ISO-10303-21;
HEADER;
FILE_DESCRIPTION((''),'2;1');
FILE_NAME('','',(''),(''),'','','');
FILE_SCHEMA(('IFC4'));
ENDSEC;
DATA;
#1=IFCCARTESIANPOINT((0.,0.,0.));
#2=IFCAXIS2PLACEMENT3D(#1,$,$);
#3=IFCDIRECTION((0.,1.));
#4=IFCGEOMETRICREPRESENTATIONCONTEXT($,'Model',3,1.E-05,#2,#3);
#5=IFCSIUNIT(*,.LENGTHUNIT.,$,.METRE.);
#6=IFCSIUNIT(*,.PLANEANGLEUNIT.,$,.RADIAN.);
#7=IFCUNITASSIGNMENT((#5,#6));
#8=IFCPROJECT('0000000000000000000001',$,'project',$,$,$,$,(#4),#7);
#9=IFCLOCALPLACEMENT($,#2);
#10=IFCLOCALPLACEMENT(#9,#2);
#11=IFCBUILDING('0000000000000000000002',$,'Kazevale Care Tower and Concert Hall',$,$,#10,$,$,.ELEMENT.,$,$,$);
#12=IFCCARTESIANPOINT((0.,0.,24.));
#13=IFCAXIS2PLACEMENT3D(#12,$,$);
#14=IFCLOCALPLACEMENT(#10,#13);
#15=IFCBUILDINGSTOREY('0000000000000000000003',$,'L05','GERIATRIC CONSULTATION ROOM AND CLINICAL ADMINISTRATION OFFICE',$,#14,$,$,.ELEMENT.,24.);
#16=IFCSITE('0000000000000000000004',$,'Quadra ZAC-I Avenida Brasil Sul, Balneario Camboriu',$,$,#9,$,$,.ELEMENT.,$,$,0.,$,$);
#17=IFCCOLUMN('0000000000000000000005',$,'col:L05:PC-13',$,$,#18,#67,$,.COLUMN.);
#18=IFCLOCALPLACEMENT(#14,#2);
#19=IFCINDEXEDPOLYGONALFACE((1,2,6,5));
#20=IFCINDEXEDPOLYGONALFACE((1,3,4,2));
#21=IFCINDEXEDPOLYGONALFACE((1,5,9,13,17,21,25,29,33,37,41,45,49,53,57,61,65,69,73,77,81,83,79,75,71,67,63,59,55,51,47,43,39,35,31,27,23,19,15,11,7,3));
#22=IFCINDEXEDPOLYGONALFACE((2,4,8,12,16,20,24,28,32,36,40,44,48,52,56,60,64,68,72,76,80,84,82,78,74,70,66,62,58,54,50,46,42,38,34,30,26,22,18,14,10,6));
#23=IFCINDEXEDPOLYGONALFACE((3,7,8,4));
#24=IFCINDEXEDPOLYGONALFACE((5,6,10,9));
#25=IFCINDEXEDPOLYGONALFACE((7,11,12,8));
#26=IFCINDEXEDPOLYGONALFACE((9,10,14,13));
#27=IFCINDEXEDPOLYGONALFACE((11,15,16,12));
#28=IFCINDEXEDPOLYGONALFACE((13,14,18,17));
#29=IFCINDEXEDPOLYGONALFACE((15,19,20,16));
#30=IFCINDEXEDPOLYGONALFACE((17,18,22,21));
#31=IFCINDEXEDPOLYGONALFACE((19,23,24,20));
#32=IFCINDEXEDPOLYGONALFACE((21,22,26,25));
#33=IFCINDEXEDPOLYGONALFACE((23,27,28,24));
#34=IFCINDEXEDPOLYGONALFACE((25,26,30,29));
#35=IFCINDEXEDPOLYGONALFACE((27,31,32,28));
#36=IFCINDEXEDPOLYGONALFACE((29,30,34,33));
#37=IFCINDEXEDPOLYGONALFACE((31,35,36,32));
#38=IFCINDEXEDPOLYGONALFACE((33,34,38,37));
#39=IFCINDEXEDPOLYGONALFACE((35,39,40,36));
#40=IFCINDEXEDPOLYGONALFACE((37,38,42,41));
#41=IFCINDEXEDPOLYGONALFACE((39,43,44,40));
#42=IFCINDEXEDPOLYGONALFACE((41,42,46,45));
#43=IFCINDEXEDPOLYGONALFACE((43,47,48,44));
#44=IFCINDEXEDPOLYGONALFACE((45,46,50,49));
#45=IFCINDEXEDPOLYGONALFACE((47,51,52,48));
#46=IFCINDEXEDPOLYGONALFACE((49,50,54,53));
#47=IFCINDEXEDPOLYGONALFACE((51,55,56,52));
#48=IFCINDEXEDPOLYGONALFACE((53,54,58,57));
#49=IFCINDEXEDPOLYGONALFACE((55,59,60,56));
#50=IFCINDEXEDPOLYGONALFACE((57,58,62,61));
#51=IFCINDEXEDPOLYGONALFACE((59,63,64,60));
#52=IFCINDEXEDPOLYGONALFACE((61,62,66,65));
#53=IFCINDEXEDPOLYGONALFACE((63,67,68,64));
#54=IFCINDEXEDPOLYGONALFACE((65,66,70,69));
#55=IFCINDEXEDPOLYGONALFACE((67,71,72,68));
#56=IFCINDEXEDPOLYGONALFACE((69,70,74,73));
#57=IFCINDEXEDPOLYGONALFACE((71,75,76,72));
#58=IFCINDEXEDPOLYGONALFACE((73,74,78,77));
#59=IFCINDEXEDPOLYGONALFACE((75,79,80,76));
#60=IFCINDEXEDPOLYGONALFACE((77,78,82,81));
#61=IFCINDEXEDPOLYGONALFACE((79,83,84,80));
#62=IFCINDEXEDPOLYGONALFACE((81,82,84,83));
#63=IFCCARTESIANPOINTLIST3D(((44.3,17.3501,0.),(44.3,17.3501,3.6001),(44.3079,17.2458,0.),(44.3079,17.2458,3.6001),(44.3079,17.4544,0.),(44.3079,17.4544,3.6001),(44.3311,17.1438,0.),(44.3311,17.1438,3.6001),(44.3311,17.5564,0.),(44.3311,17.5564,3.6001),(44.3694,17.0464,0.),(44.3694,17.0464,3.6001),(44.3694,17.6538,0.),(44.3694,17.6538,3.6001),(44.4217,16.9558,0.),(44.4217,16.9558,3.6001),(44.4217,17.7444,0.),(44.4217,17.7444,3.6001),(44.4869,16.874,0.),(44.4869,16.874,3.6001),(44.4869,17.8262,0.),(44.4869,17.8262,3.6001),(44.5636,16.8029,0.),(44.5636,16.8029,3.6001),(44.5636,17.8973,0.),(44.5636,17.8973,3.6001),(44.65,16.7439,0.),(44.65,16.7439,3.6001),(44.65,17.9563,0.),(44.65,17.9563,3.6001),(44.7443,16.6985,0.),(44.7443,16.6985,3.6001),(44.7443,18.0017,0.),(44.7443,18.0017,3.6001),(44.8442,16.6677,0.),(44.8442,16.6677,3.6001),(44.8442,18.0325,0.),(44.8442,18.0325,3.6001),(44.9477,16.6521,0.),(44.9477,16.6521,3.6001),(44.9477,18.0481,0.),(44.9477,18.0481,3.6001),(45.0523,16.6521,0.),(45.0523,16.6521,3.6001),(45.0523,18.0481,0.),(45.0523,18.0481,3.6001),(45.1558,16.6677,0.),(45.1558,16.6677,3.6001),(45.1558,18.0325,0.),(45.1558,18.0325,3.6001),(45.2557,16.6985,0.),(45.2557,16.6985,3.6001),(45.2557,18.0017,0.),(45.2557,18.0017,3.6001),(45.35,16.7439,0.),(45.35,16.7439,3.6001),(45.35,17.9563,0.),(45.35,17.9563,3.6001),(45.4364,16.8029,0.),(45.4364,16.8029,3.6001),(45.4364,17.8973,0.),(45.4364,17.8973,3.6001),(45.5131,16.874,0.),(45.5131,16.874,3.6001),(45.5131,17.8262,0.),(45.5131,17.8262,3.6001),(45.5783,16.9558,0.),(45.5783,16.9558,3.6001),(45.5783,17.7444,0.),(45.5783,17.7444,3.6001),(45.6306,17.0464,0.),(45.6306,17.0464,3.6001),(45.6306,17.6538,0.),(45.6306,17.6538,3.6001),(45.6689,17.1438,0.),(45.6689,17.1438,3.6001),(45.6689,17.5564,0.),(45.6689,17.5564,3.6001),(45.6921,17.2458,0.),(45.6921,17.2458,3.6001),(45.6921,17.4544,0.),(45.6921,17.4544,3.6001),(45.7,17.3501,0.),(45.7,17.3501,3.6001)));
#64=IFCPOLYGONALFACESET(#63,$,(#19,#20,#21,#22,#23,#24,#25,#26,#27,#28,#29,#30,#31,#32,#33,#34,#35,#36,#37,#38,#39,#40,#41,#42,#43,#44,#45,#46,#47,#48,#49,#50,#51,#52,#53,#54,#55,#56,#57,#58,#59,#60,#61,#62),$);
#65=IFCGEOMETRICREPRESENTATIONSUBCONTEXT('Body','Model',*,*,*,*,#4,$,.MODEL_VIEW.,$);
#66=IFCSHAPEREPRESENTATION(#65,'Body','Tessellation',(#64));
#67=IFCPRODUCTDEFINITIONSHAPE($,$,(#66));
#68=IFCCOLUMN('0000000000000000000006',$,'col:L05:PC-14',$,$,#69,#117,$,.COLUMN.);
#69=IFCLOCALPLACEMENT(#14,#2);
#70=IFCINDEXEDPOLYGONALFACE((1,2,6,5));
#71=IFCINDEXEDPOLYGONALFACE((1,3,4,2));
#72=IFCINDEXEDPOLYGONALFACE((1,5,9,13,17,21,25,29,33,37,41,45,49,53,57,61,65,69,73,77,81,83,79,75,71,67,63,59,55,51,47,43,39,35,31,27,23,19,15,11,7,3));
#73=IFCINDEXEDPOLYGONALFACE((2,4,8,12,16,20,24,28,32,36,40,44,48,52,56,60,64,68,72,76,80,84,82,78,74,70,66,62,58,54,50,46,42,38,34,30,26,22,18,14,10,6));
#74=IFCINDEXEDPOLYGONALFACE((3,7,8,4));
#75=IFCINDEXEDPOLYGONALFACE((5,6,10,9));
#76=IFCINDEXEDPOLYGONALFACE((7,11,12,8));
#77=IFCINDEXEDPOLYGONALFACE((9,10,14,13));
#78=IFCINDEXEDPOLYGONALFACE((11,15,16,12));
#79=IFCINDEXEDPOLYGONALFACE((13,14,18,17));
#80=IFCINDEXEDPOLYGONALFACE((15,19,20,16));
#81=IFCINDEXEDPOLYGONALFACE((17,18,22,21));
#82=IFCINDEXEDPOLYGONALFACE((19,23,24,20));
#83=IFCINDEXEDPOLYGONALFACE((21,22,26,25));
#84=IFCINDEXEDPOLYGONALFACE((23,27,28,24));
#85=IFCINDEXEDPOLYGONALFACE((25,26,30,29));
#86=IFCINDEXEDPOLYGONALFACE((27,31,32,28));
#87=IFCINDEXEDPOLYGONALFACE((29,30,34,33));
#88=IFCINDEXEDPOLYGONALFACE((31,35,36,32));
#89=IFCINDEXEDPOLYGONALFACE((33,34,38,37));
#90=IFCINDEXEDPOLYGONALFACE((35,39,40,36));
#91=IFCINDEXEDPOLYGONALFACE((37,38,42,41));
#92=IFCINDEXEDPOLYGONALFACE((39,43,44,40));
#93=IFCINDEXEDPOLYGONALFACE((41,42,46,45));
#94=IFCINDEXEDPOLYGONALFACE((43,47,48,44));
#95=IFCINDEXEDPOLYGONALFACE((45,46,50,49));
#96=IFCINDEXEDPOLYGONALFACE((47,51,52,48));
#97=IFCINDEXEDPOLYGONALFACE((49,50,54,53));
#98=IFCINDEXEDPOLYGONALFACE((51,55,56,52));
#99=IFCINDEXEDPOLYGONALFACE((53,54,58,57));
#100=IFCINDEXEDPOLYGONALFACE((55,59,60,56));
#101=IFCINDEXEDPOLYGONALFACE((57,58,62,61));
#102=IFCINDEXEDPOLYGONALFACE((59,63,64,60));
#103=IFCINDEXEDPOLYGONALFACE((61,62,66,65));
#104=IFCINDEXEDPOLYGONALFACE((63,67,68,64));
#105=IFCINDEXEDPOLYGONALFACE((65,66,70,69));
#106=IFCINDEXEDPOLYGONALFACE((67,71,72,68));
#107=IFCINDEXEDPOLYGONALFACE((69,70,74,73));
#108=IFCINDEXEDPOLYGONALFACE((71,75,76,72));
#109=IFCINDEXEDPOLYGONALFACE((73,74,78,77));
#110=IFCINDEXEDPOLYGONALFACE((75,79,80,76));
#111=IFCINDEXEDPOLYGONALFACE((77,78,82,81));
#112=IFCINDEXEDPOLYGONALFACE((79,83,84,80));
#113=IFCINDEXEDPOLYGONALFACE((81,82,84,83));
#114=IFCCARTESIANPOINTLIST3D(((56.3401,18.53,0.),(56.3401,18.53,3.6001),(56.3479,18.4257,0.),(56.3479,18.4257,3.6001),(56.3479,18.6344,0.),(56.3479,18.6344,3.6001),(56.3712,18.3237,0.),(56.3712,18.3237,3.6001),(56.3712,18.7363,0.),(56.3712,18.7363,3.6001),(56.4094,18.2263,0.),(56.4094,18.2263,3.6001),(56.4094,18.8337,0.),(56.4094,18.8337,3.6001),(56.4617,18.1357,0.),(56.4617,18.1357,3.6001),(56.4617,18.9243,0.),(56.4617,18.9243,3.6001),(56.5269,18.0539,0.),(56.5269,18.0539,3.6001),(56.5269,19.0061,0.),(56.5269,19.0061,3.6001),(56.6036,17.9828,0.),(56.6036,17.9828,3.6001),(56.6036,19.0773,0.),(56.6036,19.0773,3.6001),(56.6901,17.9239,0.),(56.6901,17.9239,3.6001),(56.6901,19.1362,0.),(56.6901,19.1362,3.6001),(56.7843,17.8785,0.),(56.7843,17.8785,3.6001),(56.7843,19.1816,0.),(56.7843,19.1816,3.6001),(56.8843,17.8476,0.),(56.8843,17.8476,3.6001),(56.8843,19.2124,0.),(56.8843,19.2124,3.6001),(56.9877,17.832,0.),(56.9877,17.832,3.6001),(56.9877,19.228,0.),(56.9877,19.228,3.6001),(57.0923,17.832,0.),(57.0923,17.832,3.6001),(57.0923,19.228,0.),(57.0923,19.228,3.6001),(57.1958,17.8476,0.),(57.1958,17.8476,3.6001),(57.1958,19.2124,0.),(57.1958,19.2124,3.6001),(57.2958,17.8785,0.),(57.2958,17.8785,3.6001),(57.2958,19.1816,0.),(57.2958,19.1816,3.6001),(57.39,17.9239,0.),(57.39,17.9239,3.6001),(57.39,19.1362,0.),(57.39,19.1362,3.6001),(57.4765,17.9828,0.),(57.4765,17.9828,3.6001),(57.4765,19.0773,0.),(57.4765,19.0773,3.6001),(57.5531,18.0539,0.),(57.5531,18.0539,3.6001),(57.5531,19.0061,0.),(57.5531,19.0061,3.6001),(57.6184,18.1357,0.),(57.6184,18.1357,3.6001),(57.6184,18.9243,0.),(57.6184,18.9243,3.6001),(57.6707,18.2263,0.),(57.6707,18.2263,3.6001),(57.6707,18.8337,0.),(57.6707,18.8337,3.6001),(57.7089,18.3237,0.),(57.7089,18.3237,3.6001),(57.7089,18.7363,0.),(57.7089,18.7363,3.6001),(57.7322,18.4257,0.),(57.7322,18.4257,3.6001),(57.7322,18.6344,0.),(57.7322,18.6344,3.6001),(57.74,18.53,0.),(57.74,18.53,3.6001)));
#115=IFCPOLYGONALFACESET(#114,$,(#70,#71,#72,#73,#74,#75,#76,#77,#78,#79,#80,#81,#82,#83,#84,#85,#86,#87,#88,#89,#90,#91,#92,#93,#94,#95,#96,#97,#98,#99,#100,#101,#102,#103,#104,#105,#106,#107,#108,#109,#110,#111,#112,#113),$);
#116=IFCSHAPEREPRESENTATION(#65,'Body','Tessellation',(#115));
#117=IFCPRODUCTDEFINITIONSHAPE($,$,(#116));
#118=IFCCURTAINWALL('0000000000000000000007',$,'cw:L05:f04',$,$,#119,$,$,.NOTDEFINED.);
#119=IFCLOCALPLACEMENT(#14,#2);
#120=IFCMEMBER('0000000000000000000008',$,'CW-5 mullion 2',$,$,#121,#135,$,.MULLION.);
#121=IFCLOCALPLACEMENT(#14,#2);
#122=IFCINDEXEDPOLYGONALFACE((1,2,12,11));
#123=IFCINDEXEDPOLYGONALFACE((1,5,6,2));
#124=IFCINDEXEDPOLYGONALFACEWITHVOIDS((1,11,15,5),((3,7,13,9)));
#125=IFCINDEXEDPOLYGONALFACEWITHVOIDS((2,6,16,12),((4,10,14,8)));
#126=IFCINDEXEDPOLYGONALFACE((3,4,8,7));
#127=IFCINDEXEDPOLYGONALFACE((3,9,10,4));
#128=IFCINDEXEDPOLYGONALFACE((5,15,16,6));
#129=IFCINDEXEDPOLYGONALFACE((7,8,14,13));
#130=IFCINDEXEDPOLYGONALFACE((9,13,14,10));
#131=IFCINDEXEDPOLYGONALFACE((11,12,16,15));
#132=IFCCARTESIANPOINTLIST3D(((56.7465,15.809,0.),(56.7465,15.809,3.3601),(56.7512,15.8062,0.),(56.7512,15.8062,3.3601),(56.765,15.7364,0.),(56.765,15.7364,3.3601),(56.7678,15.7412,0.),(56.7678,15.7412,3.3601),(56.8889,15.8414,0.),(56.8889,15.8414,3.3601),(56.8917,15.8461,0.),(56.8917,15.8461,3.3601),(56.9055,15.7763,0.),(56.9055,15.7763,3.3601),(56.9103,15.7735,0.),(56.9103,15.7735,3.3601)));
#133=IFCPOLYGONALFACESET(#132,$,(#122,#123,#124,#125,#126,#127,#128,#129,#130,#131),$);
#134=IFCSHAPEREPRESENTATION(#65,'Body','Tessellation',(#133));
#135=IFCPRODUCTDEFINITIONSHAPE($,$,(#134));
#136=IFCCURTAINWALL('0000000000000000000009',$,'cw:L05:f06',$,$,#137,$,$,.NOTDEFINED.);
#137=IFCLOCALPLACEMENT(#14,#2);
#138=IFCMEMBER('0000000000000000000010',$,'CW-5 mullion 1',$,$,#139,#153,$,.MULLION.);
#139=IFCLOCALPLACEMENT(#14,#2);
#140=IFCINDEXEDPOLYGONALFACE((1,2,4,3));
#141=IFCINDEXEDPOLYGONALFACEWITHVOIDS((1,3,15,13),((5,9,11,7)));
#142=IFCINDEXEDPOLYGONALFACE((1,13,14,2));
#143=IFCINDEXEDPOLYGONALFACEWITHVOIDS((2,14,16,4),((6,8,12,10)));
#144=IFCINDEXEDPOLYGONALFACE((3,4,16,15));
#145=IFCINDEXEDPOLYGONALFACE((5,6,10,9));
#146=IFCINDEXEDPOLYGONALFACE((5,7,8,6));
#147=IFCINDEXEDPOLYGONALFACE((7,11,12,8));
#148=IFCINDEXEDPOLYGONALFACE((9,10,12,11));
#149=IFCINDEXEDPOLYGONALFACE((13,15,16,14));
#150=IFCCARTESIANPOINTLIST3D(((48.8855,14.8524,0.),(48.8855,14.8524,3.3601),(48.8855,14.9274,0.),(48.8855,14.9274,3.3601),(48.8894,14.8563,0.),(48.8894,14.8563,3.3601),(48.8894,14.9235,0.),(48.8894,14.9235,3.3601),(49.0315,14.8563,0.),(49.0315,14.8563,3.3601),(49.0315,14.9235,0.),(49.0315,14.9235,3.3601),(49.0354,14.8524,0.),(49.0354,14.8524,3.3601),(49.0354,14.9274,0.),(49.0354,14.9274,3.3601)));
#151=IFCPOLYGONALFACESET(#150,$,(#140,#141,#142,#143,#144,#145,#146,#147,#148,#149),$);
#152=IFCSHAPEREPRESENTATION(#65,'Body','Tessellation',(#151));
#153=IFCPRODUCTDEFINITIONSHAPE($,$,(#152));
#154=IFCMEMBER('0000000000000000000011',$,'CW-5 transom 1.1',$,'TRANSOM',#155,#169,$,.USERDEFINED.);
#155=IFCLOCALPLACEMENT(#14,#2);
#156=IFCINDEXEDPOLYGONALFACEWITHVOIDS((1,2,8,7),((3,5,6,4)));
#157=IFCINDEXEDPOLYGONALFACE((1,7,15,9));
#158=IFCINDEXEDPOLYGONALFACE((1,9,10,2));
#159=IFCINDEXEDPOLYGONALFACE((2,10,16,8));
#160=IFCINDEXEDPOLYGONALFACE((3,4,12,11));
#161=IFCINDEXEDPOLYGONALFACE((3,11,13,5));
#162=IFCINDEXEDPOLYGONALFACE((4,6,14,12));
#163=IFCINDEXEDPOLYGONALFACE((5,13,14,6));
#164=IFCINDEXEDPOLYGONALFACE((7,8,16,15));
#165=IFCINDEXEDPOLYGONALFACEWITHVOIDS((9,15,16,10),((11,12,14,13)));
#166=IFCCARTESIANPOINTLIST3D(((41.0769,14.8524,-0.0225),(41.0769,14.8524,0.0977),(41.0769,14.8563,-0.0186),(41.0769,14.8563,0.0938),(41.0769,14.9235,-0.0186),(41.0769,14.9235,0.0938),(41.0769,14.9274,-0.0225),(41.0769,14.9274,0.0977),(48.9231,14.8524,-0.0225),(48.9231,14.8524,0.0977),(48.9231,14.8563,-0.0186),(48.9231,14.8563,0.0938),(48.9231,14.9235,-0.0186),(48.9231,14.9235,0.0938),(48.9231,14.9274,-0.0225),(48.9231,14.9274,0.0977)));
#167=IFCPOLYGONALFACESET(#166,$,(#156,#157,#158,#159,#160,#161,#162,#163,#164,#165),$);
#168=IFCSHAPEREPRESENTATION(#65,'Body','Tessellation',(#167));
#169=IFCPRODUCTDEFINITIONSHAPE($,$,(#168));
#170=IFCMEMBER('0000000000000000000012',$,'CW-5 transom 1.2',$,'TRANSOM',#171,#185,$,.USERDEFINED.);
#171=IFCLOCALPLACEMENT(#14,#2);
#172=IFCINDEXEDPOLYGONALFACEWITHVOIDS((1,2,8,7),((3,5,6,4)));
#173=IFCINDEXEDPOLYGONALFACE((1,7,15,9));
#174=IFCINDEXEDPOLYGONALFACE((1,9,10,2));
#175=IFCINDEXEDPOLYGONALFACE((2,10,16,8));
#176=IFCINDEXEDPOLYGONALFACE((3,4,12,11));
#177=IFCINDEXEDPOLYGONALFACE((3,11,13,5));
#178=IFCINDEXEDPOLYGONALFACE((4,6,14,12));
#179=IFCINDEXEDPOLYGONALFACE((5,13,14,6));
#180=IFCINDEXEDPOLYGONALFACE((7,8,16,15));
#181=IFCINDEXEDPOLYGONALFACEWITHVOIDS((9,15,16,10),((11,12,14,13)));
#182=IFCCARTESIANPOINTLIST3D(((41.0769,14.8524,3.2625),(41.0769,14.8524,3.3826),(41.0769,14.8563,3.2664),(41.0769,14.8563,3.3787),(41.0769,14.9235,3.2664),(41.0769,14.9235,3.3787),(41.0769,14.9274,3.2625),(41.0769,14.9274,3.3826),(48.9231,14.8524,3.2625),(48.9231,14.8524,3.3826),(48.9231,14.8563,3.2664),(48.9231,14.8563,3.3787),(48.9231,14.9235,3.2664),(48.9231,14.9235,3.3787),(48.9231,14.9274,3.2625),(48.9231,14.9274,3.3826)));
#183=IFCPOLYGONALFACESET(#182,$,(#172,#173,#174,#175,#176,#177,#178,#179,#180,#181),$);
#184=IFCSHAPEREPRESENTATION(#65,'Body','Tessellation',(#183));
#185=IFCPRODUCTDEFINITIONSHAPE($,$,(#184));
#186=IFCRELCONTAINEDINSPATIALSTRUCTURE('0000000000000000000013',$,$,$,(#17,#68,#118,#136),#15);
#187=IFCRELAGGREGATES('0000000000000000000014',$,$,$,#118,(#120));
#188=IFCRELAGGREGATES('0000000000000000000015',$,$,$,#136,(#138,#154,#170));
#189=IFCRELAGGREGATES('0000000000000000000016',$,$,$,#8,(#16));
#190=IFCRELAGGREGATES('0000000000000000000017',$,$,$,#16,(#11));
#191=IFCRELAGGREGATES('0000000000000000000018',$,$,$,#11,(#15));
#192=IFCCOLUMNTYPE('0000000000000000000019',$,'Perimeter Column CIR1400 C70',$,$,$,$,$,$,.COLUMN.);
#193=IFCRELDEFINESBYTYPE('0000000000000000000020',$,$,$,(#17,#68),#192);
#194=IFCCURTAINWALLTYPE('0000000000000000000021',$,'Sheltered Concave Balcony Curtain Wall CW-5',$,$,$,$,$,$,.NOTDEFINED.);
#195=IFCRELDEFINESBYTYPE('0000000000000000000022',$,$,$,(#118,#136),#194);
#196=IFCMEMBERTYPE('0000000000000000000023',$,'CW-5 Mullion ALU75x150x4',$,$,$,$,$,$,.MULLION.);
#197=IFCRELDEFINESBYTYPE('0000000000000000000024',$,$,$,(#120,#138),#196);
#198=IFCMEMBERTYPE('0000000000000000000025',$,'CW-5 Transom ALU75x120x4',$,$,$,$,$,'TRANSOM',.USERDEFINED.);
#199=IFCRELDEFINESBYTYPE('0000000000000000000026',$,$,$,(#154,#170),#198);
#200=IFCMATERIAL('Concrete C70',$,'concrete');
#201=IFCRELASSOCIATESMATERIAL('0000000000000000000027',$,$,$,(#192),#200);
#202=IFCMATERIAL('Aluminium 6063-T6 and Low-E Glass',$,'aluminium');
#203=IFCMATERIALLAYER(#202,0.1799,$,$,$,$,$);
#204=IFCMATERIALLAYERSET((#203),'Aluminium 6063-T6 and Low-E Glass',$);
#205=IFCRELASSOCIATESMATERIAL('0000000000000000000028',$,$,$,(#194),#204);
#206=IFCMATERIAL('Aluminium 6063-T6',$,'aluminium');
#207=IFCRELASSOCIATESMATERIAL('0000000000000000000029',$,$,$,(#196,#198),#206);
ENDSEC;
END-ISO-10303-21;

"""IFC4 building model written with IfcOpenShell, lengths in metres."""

from ifc_helpers import new_model, si_unit, direction, frame, origin, origin_2d, place, context, subcontext, project, spatial, hollow_rectangle, circle, extrude, material, layer, layer_set, material_profile, profile_set, type_object, element, aggregate, save


model = new_model("IFC4")

# Units and contexts
model_context = context("Model", 3, precision=1e-05, world=origin(), true_north=direction((0.0, 1.0)))
body_context = subcontext(model_context, "Body", "Model", "MODEL_VIEW")
ifc_project = project(units=[si_unit("LENGTHUNIT", "METRE"), si_unit("PLANEANGLEUNIT", "RADIAN")], contexts=[model_context])

# Site, building, storey
site_placement = place(None, origin())
site = spatial("IfcSite", under=ifc_project, at=site_placement, Name="Quadra ZAC-I Avenida Brasil Sul, Balneario Camboriu", CompositionType="ELEMENT", RefElevation=0.0)
building_placement = place(site_placement, origin())
building = spatial("IfcBuilding", under=site, at=building_placement, Name="Kazevale Care Tower and Concert Hall", CompositionType="ELEMENT")
storey_placement = place(building_placement, frame((0.0, 0.0, 24.0)))
storey = spatial("IfcBuildingStorey", under=building, at=storey_placement, Name="L05", Description="GERIATRIC CONSULTATION ROOM AND CLINICAL ADMINISTRATION OFFICE", CompositionType="ELEMENT", Elevation=24.0)

# Columns
ifc_material_1 = material(Name="Concrete C70", Category="concrete")
ifc_material_profile_1 = material_profile(ifc_material_1, circle(Radius=0.7, at=origin_2d()), Name="RC-CIR1400")
ifc_profile_set_1 = profile_set([ifc_material_profile_1], Name="Concrete C70")
column_type = type_object("IfcColumnType", Name="Perimeter Column CIR1400 C70", PredefinedType="COLUMN", material=ifc_profile_set_1)
for number, where, z_axis, x_axis, name in (
    (1, (45.0, 17.3501, 0.0), (0.0, 0.0, 1.0), (1.0, 0.0, 0.0), "col:L05:PC-13"),
    (2, (57.04, 18.53, 0.0), (0.0, 0.0, 1.0), (1.0, 0.0, 0.0), "col:L05:PC-14"),
):
    element("IfcColumn", number, at=place(storey_placement, frame(where, z_axis=z_axis, x_axis=x_axis)), inside=storey, type_object=column_type, Name=name, PredefinedType="COLUMN", context=body_context, shape_type="SweptSolid", body=[
        extrude(circle(Radius=0.7, at=origin_2d()), origin(), (0.0, 0.0, 1.0), 3.6001),
    ])

# Curtain wall, member
ifc_material_2 = material(Name="Aluminium 6063-T6 and Low-E Glass", Category="aluminium")
ifc_layer_1 = layer(ifc_material_2, 0.1799)
ifc_layer_set_1 = layer_set([ifc_layer_1], Name="Aluminium 6063-T6 and Low-E Glass")
curtain_wall_type = type_object("IfcCurtainWallType", Name="Sheltered Concave Balcony Curtain Wall CW-5", PredefinedType="NOTDEFINED", material=ifc_layer_set_1)
curtain_wall_1_placement = place(storey_placement, origin())
curtain_wall_1 = element("IfcCurtainWall", 3, at=curtain_wall_1_placement, inside=storey, type_object=curtain_wall_type, Name="cw:L05:f04", PredefinedType="NOTDEFINED")
ifc_material_3 = material(Name="Aluminium 6063-T6", Category="aluminium")
ifc_material_profile_2 = material_profile(ifc_material_3, hollow_rectangle(XDim=0.075, YDim=0.1499, WallThickness=0.0039, at=origin_2d()), Name="ALU75x150x4")
ifc_profile_set_2 = profile_set([ifc_material_profile_2], Name="Aluminium 6063-T6")
member_type_1 = type_object("IfcMemberType", Name="CW-5 Mullion ALU75x150x4", PredefinedType="MULLION", material=ifc_profile_set_2)
member_1_placement = place(storey_placement, frame((56.8284, 15.7913, 0.0), z_axis=(0.0, 0.0, 1.0), x_axis=(0.247222, -0.968959, 0.0)))
member_1 = element("IfcMember", 4, at=member_1_placement, type_object=member_type_1, Name="CW-5 mullion 2", PredefinedType="MULLION", context=body_context, shape_type="SweptSolid", body=[
    extrude(hollow_rectangle(XDim=0.075, YDim=0.1499, WallThickness=0.0039, at=origin_2d()), origin(), (0.0, 0.0, 1.0), 3.3601),
])

# Curtain wall, members
curtain_wall_2_placement = place(storey_placement, origin())
curtain_wall_2 = element("IfcCurtainWall", 5, at=curtain_wall_2_placement, inside=storey, type_object=curtain_wall_type, Name="cw:L05:f06", PredefinedType="NOTDEFINED")
member_2_placement = place(storey_placement, frame((48.9604, 14.8899, 0.0), z_axis=(0.0, 0.0, 1.0), x_axis=(0.0, -1.0, 0.0)))
member_2 = element("IfcMember", 6, at=member_2_placement, type_object=member_type_1, Name="CW-5 mullion 1", PredefinedType="MULLION", context=body_context, shape_type="SweptSolid", body=[
    extrude(hollow_rectangle(XDim=0.075, YDim=0.1499, WallThickness=0.0039, at=origin_2d()), origin(), (0.0, 0.0, 1.0), 3.3601),
])
ifc_material_profile_3 = material_profile(ifc_material_3, hollow_rectangle(XDim=0.075, YDim=0.1201, WallThickness=0.0039, at=origin_2d()), Name="ALU75x120x4")
ifc_profile_set_3 = profile_set([ifc_material_profile_3], Name="Aluminium 6063-T6")
member_type_2 = type_object("IfcMemberType", Name="CW-5 Transom ALU75x120x4", ElementType="TRANSOM", PredefinedType="USERDEFINED", material=ifc_profile_set_3)
member_3_placement = place(storey_placement, frame((48.9231, 14.8899, 0.0376), z_axis=(-1.0, 0.0, 0.0), x_axis=(0.0, -1.0, 0.0)))
member_3 = element("IfcMember", 7, at=member_3_placement, type_object=member_type_2, Name="CW-5 transom 1.1", ObjectType="TRANSOM", PredefinedType="USERDEFINED", context=body_context, shape_type="SweptSolid", body=[
    extrude(hollow_rectangle(XDim=0.075, YDim=0.1201, WallThickness=0.0039, at=origin_2d()), origin(), (0.0, 0.0, 1.0), 7.8462),
])
member_4_placement = place(storey_placement, frame((48.9231, 14.8899, 3.3225), z_axis=(-1.0, 0.0, 0.0), x_axis=(0.0, -1.0, 0.0)))
member_4 = element("IfcMember", 8, at=member_4_placement, type_object=member_type_2, Name="CW-5 transom 1.2", ObjectType="TRANSOM", PredefinedType="USERDEFINED", context=body_context, shape_type="SweptSolid", body=[
    extrude(hollow_rectangle(XDim=0.075, YDim=0.1201, WallThickness=0.0039, at=origin_2d()), origin(), (0.0, 0.0, 1.0), 7.8462),
])

aggregate(curtain_wall_1, [member_1])
aggregate(curtain_wall_2, [member_2, member_3, member_4])

save(model, "model.ifc")
